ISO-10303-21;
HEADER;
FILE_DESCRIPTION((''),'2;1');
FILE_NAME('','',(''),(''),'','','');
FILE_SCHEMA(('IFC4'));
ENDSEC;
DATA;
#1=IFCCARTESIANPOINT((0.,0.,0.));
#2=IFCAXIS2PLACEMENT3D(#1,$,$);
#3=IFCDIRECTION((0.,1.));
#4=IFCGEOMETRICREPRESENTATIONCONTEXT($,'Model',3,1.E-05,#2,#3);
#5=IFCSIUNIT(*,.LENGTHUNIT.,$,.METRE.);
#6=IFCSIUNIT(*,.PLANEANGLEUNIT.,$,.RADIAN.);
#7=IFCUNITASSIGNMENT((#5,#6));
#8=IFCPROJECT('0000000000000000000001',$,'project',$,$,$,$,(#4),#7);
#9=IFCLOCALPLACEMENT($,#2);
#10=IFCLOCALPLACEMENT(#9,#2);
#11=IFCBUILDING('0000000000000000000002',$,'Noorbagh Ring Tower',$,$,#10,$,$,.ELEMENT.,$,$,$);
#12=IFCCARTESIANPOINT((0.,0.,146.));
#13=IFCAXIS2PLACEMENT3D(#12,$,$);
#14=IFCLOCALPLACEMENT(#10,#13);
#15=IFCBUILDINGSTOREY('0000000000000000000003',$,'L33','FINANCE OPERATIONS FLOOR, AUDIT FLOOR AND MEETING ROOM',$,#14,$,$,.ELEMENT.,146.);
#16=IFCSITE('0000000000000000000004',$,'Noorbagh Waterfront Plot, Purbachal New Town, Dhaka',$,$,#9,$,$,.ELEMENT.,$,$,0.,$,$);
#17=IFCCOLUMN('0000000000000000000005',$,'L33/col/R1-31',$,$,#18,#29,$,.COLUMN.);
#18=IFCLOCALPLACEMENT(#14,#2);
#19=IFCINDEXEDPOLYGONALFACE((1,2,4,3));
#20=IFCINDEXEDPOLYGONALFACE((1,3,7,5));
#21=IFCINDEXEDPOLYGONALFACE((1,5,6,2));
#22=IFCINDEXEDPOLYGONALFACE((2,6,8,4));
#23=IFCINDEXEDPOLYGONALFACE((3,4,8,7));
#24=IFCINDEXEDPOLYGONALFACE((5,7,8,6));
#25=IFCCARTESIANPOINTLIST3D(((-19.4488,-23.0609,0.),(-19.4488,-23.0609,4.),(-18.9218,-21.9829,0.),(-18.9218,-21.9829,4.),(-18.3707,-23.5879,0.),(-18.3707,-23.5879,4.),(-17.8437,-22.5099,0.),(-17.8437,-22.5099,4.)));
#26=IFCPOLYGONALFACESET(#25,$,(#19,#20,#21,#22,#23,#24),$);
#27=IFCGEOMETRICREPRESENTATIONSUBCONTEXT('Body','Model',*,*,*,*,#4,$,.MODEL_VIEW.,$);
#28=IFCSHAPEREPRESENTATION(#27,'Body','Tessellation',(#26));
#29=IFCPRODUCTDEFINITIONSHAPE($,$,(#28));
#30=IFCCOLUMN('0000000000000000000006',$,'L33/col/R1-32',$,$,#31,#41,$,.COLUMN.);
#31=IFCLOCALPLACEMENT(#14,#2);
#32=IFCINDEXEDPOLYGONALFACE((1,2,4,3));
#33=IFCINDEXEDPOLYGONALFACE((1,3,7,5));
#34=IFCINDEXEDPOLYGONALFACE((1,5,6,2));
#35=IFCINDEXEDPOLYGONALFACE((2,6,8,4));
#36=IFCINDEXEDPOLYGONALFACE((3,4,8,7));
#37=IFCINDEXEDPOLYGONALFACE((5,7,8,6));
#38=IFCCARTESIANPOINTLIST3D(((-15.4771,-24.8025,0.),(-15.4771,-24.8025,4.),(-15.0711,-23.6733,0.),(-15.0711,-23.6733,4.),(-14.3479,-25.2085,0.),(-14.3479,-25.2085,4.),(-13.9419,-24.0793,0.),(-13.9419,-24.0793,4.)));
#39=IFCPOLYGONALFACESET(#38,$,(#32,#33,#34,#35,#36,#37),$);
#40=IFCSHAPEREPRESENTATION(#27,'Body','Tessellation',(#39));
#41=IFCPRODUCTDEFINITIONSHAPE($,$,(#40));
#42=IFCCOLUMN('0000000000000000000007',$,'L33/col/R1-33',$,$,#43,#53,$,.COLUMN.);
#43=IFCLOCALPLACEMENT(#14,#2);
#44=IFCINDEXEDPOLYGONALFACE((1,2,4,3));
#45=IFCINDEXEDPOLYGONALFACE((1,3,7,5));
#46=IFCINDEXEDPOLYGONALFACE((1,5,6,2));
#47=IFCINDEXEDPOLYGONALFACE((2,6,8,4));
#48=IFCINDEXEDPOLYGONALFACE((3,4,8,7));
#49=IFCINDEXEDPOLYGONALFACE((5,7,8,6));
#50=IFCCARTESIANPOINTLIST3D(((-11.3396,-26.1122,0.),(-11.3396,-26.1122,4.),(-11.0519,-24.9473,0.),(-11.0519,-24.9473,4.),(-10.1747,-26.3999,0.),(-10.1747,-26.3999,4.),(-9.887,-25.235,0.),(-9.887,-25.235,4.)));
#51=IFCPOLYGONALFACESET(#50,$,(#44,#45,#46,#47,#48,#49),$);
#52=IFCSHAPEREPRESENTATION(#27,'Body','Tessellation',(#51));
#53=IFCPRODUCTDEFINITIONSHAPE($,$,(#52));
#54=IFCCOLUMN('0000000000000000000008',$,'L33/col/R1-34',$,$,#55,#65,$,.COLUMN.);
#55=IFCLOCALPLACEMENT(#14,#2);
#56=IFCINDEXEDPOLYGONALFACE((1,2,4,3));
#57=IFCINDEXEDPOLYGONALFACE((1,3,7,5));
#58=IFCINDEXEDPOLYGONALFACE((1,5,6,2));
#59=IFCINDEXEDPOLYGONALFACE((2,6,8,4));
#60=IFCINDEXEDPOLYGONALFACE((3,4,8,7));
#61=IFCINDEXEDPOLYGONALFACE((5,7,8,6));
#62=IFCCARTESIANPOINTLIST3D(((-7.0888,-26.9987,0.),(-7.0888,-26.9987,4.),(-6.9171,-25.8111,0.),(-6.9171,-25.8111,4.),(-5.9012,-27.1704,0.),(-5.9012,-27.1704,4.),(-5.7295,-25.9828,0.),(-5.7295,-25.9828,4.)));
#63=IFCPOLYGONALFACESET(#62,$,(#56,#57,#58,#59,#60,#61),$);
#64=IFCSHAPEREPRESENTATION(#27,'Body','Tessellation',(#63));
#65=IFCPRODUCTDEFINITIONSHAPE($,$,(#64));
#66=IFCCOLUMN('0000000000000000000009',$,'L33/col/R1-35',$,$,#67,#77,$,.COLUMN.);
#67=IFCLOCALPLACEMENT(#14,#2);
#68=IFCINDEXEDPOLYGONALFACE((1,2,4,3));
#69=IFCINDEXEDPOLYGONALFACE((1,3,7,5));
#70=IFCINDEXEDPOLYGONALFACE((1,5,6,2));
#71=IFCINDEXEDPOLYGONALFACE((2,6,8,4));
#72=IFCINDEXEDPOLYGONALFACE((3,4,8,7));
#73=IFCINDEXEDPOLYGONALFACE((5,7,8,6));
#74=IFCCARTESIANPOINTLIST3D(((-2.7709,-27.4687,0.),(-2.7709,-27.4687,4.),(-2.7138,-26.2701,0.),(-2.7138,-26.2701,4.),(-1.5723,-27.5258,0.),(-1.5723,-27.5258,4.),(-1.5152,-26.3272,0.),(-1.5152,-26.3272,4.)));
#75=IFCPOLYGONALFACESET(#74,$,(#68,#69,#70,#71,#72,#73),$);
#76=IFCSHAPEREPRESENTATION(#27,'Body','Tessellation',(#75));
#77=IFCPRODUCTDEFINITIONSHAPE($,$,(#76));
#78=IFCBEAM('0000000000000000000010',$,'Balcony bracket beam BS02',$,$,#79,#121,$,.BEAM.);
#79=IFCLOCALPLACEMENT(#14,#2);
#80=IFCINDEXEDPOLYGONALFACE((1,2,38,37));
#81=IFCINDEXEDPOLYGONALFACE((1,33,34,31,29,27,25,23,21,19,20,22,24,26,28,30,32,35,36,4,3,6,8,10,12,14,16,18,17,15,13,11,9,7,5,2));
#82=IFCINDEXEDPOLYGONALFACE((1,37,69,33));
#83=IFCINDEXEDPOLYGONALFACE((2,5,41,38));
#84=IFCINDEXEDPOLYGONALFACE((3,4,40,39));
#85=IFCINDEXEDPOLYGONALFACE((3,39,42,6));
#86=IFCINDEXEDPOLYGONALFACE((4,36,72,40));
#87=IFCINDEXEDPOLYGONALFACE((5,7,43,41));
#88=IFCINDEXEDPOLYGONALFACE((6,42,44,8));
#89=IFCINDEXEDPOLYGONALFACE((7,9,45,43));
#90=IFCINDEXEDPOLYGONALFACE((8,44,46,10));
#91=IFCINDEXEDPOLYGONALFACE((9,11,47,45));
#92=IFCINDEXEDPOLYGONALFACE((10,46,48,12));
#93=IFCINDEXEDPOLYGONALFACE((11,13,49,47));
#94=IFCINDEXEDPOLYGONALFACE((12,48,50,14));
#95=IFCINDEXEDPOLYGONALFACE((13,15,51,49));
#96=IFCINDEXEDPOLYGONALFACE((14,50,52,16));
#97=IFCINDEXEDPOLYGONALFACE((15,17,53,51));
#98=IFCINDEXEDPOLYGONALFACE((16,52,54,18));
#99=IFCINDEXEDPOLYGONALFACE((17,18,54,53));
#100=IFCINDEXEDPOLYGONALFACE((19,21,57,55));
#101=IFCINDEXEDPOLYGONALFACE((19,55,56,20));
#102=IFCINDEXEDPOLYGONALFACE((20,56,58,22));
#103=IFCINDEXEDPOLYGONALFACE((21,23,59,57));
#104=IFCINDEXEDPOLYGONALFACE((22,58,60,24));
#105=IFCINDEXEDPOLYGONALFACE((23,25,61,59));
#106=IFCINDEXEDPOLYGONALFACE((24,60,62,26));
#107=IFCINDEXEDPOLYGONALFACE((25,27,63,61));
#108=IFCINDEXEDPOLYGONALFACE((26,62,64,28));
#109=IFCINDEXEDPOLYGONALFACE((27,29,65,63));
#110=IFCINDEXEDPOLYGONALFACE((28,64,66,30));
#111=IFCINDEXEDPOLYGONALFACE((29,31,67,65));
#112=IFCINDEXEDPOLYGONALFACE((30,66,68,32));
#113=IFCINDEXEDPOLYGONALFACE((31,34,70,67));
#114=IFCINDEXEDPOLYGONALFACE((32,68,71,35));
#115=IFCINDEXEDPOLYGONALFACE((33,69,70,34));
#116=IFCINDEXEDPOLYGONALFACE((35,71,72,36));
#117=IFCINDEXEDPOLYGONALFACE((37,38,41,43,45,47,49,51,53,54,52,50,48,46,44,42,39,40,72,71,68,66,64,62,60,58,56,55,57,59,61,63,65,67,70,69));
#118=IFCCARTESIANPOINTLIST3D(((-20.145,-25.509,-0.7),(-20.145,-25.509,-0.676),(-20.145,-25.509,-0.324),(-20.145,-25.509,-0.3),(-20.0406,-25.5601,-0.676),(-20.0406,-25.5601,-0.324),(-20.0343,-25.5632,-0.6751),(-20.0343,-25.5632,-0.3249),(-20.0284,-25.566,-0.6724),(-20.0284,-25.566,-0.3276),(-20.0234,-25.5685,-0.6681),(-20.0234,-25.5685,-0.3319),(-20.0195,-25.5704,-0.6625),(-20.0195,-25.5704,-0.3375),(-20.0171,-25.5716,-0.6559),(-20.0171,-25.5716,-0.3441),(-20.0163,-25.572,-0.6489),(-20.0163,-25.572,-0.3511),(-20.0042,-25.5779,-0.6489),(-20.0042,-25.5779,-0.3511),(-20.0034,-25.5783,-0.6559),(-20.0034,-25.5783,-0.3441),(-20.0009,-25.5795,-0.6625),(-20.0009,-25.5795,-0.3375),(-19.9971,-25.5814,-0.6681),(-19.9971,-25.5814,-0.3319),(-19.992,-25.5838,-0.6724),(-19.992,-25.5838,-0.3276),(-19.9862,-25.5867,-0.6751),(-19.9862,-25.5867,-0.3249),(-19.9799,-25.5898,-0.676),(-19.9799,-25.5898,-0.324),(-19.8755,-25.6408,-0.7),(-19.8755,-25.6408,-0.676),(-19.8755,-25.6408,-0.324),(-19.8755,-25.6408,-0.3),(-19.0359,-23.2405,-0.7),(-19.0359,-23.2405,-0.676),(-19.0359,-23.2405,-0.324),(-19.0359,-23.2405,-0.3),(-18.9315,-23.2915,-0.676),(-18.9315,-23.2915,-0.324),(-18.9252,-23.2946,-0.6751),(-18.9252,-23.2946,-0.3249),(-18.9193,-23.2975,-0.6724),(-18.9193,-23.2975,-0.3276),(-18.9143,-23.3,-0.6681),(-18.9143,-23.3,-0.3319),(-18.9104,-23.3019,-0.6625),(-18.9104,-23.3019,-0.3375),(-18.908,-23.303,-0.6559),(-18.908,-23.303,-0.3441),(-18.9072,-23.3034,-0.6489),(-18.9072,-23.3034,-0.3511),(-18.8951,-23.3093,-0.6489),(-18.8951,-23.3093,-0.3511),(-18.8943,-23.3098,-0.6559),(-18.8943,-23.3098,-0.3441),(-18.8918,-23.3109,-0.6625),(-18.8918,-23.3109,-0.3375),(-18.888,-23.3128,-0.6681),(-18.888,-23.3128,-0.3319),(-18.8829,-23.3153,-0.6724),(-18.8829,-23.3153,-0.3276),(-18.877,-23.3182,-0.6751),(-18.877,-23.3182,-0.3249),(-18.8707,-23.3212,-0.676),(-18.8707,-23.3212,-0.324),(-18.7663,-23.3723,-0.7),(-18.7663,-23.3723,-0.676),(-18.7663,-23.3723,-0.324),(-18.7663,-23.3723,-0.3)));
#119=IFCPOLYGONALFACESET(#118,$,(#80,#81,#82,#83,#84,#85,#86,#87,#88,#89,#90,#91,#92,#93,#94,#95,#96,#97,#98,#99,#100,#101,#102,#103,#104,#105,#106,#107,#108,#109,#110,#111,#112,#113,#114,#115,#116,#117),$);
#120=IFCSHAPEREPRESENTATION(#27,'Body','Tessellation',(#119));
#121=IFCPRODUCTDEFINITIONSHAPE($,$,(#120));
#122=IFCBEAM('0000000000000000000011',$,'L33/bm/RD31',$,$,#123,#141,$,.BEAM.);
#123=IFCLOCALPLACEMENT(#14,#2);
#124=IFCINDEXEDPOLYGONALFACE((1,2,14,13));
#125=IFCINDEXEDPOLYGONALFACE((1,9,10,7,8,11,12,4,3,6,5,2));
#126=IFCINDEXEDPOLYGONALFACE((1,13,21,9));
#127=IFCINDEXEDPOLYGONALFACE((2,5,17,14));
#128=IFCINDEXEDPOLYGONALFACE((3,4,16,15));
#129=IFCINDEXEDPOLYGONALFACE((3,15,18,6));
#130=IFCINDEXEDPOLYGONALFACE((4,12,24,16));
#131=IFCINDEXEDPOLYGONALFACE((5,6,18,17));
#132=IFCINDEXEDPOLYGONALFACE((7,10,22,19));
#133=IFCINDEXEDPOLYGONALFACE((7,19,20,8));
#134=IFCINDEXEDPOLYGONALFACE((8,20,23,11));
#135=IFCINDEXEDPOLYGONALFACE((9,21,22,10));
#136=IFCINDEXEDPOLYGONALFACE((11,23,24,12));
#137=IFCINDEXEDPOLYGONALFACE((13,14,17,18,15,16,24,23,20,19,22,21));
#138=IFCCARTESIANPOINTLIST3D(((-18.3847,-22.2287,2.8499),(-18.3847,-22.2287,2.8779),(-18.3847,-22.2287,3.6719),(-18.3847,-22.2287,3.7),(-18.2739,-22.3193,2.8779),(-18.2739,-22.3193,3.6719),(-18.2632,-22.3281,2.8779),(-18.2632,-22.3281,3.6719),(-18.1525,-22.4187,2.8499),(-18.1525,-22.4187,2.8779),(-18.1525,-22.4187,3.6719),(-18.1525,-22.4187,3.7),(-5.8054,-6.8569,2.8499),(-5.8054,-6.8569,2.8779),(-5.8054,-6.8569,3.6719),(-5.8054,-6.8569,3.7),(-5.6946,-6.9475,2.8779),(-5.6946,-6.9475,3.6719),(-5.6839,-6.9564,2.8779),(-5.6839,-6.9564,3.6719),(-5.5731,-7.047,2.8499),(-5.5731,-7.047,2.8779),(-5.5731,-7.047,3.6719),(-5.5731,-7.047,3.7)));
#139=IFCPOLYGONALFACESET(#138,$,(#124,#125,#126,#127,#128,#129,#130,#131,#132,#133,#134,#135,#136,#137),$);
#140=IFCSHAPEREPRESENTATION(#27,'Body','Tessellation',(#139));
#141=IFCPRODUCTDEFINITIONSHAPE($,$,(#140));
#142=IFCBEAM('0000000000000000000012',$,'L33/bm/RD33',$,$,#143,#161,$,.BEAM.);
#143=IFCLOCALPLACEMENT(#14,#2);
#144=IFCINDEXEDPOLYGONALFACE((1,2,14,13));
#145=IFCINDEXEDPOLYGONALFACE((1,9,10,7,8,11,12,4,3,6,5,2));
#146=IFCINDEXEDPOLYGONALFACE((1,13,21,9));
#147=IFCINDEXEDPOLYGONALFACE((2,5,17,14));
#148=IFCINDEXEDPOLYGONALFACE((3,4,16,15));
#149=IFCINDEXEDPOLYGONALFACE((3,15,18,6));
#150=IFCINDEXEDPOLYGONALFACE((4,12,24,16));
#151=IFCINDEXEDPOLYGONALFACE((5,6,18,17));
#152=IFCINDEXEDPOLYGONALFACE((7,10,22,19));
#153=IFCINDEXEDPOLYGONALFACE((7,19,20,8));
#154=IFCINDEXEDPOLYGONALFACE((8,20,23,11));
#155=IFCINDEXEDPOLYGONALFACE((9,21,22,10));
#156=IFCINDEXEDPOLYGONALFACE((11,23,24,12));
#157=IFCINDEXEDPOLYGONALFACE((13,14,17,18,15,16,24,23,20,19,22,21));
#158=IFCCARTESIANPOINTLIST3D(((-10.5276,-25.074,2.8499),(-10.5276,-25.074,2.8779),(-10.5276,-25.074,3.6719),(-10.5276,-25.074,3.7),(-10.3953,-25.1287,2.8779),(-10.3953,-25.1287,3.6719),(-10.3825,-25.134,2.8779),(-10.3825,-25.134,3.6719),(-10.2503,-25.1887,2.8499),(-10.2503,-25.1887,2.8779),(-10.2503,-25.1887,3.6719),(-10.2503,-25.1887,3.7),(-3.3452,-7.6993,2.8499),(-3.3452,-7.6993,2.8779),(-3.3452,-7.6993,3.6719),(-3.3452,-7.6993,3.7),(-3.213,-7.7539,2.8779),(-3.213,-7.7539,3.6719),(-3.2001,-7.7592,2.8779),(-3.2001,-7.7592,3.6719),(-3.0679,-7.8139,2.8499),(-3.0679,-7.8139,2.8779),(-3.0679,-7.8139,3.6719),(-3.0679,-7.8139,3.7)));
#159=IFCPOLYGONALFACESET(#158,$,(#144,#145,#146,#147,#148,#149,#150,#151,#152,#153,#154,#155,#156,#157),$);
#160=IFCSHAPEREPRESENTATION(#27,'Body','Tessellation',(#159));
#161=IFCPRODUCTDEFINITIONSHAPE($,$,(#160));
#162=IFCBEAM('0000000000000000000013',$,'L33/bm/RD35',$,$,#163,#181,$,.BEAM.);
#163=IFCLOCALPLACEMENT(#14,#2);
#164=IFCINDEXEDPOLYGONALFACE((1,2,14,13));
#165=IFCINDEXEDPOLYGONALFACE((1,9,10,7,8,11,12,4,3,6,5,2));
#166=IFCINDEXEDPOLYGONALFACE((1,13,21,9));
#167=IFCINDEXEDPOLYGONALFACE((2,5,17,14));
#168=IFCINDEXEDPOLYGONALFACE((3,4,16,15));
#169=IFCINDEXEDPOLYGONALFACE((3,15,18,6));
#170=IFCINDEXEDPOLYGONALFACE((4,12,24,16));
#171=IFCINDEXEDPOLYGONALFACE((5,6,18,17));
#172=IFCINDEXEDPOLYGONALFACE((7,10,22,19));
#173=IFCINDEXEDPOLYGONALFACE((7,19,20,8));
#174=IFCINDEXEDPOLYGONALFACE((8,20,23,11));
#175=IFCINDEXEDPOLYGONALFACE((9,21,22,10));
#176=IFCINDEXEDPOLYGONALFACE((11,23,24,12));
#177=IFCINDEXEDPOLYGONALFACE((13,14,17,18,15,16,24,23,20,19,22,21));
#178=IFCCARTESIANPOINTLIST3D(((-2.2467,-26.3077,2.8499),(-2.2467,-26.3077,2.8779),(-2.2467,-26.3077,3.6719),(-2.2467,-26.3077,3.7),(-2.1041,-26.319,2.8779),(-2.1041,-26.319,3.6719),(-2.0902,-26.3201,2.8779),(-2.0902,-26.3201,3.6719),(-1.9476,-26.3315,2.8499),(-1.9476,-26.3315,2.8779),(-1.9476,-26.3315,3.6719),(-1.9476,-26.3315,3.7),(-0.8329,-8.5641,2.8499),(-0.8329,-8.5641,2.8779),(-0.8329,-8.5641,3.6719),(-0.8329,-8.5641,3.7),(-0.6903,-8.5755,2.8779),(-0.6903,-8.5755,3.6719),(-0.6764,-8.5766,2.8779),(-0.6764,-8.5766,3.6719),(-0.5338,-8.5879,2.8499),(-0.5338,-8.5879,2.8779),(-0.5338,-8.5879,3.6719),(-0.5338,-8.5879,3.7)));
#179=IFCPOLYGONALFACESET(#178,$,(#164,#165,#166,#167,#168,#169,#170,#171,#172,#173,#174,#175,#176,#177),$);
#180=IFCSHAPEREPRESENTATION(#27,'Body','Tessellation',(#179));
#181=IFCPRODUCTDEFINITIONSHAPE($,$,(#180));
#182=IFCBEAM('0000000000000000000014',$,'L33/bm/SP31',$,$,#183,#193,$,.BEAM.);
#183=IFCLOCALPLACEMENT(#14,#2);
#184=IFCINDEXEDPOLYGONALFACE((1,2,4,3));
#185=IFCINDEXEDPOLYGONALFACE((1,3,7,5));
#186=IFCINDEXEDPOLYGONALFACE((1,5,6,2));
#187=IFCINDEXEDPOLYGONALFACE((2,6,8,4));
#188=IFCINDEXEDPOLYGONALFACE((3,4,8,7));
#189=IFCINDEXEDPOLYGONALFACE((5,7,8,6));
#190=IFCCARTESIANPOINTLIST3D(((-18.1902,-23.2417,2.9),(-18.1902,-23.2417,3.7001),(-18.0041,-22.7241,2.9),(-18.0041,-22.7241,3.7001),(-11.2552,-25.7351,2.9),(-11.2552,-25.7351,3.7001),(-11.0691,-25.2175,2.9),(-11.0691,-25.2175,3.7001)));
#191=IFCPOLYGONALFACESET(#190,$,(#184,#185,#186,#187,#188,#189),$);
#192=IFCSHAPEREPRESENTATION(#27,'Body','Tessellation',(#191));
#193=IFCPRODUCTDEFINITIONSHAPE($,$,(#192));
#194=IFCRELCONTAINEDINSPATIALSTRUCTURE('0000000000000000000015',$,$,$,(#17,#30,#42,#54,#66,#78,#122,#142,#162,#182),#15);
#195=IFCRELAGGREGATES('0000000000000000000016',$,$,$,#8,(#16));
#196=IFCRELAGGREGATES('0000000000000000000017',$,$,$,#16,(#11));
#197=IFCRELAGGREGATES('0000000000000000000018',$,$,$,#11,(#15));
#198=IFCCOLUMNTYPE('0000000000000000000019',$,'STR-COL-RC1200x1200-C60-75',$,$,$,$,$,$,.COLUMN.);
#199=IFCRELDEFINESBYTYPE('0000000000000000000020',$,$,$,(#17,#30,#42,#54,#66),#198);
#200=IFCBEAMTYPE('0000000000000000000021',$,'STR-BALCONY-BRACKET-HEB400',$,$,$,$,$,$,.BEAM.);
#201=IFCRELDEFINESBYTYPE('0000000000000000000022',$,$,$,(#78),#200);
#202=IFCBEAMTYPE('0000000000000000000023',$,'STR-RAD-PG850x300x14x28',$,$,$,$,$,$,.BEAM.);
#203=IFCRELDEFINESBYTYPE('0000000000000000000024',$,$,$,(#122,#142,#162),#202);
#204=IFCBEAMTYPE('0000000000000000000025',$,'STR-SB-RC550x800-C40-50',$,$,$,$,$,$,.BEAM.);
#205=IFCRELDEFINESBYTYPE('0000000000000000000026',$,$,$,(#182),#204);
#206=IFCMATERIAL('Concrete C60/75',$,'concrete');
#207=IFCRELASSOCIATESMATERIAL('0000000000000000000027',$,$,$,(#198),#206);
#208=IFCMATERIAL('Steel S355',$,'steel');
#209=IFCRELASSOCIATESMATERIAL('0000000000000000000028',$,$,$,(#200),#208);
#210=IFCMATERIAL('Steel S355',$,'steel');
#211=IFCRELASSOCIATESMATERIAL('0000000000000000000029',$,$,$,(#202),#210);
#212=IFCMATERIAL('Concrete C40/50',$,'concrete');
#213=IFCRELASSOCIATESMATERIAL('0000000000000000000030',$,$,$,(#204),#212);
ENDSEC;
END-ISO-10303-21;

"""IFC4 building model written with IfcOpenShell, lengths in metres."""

from ifc_helpers import new_model, si_unit, direction, frame, origin, origin_2d, place, context, subcontext, project, spatial, rectangle, i_section, extrude, material, material_profile, profile_set, type_object, element, save


model = new_model("IFC4")

# Units and contexts
model_context = context("Model", 3, precision=1e-05, world=origin(), true_north=direction((0.0, 1.0)))
body_context = subcontext(model_context, "Body", "Model", "MODEL_VIEW")
ifc_project = project(units=[si_unit("LENGTHUNIT", "METRE"), si_unit("PLANEANGLEUNIT", "RADIAN")], contexts=[model_context])

# Site, building, storey
site_placement = place(None, origin())
site = spatial("IfcSite", under=ifc_project, at=site_placement, Name="Noorbagh Waterfront Plot, Purbachal New Town, Dhaka", CompositionType="ELEMENT", RefElevation=0.0)
building_placement = place(site_placement, origin())
building = spatial("IfcBuilding", under=site, at=building_placement, Name="Noorbagh Ring Tower", CompositionType="ELEMENT")
storey_placement = place(building_placement, frame((0.0, 0.0, 146.0)))
storey = spatial("IfcBuildingStorey", under=building, at=storey_placement, Name="L33", Description="FINANCE OPERATIONS FLOOR, AUDIT FLOOR AND MEETING ROOM", CompositionType="ELEMENT", Elevation=146.0)

# Columns
ifc_material_1 = material(Name="Concrete C60/75", Category="concrete")
ifc_material_profile_1 = material_profile(ifc_material_1, rectangle(XDim=1.2, YDim=1.2, at=origin_2d()), Name="RC1200x1200")
ifc_profile_set_1 = profile_set([ifc_material_profile_1], Name="Concrete C60/75")
column_type = type_object("IfcColumnType", Name="STR-COL-RC1200x1200-C60-75", PredefinedType="COLUMN", material=ifc_profile_set_1)
for number, where, z_axis, x_axis, name in (
    (1, (-18.6462, -22.7854, 0.0), (0.0, 0.0, 1.0), (0.898399, -0.43918, 0.0), "L33/col/R1-31"),
    (2, (-14.7095, -24.4409, 0.0), (0.0, 0.0, 1.0), (0.941025, -0.338338, 0.0), "L33/col/R1-32"),
    (3, (-10.6133, -25.6736, 0.0), (0.0, 0.0, 1.0), (0.970829, -0.239771, 0.0), "L33/col/R1-33"),
    (4, (-6.4092, -26.4907, 0.0), (0.0, 0.0, 1.0), (0.989713, -0.143066, 0.0), "L33/col/R1-34"),
    (5, (-2.1431, -26.8979, 0.0), (0.0, 0.0, 1.0), (0.998869, -0.047553, 0.0), "L33/col/R1-35"),
):
    element("IfcColumn", number, at=place(storey_placement, frame(where, z_axis=z_axis, x_axis=x_axis)), inside=storey, type_object=column_type, Name=name, PredefinedType="COLUMN", context=body_context, shape_type="SweptSolid", body=[
        extrude(rectangle(XDim=1.2, YDim=1.2, at=origin_2d()), origin(), (0.0, 0.0, 1.0), 4.0),
    ])

# Beams
ifc_material_2 = material(Name="Steel S355", Category="steel")
ifc_material_profile_2 = material_profile(ifc_material_2, i_section(OverallWidth=0.3, OverallDepth=0.3999, WebThickness=0.0134, FlangeThickness=0.0239, FilletRadius=0.0271, at=origin_2d()), Name="HEB400")
ifc_profile_set_2 = profile_set([ifc_material_profile_2], Name="Steel S355")
beam_type_1 = type_object("IfcBeamType", Name="STR-BALCONY-BRACKET-HEB400", PredefinedType="BEAM", material=ifc_profile_set_2)
beam_1_placement = place(storey_placement, frame((-18.9011, -23.3064, -0.5), z_axis=(-0.439229, -0.898375, 0.0), x_axis=(0.898375, -0.439229, 0.0)))
element("IfcBeam", 6, at=beam_1_placement, inside=storey, type_object=beam_type_1, Name="Balcony bracket beam BS02", PredefinedType="BEAM", context=body_context, shape_type="SweptSolid", body=[
    extrude(i_section(OverallWidth=0.3, OverallDepth=0.3999, WebThickness=0.0134, FlangeThickness=0.0239, FilletRadius=0.0271, at=origin_2d()), origin(), (0.0, 0.0, 1.0), 2.5251),
])
ifc_material_3 = material(Name="Steel S355", Category="steel")
ifc_material_profile_3 = material_profile(ifc_material_3, i_section(OverallWidth=0.3, OverallDepth=0.8501, WebThickness=0.0139, FlangeThickness=0.0281, at=origin_2d()), Name="PG850x300x14x28")
ifc_profile_set_3 = profile_set([ifc_material_profile_3], Name="Steel S355")
beam_type_2 = type_object("IfcBeamType", Name="STR-RAD-PG850x300x14x28", PredefinedType="BEAM", material=ifc_profile_set_3)
beam_2_placement = place(storey_placement, frame((-18.2686, -22.3237, 3.2749), z_axis=(0.63331, 0.773898, 0.0), x_axis=(-0.773898, 0.63331, 0.0)))
element("IfcBeam", 7, at=beam_2_placement, inside=storey, type_object=beam_type_2, Name="L33/bm/RD31", PredefinedType="BEAM", context=body_context, shape_type="SweptSolid", body=[
    extrude(i_section(OverallWidth=0.3, OverallDepth=0.8501, WebThickness=0.0139, FlangeThickness=0.0281, at=origin_2d()), origin(), (0.0, 0.0, 1.0), 19.8628),
])
beam_3_placement = place(storey_placement, frame((-10.3889, -25.1313, 3.2749), z_axis=(0.382026, 0.924152, 0.0), x_axis=(-0.924152, 0.382026, 0.0)))
element("IfcBeam", 8, at=beam_3_placement, inside=storey, type_object=beam_type_2, Name="L33/bm/RD33", PredefinedType="BEAM", context=body_context, shape_type="SweptSolid", body=[
    extrude(i_section(OverallWidth=0.3, OverallDepth=0.8501, WebThickness=0.0139, FlangeThickness=0.0281, at=origin_2d()), origin(), (0.0, 0.0, 1.0), 18.8008),
])
beam_4_placement = place(storey_placement, frame((-2.0972, -26.3196, 3.2749), z_axis=(0.079428, 0.996841, 0.0), x_axis=(-0.996841, 0.079428, 0.0)))
element("IfcBeam", 9, at=beam_4_placement, inside=storey, type_object=beam_type_2, Name="L33/bm/RD35", PredefinedType="BEAM", context=body_context, shape_type="SweptSolid", body=[
    extrude(i_section(OverallWidth=0.3, OverallDepth=0.8501, WebThickness=0.0139, FlangeThickness=0.0281, at=origin_2d()), origin(), (0.0, 0.0, 1.0), 17.7998),
])
ifc_material_4 = material(Name="Concrete C40/50", Category="concrete")
ifc_material_profile_4 = material_profile(ifc_material_4, rectangle(XDim=0.55, YDim=0.8, at=origin_2d()), Name="RC550x800")
ifc_profile_set_4 = profile_set([ifc_material_profile_4], Name="Concrete C40/50")
beam_type_3 = type_object("IfcBeamType", Name="STR-SB-RC550x800-C40-50", PredefinedType="BEAM", material=ifc_profile_set_4)
beam_5_placement = place(storey_placement, frame((-18.0972, -22.9829, 3.3), z_axis=(0.941026, -0.338333, 0.0), x_axis=(0.338333, 0.941026, 0.0)))
element("IfcBeam", 10, at=beam_5_placement, inside=storey, type_object=beam_type_3, Name="L33/bm/SP31", PredefinedType="BEAM", context=body_context, shape_type="SweptSolid", body=[
    extrude(rectangle(XDim=0.55, YDim=0.8, at=origin_2d()), origin(), (0.0, 0.0, 1.0), 7.3696),
])

save(model, "model.ifc")
